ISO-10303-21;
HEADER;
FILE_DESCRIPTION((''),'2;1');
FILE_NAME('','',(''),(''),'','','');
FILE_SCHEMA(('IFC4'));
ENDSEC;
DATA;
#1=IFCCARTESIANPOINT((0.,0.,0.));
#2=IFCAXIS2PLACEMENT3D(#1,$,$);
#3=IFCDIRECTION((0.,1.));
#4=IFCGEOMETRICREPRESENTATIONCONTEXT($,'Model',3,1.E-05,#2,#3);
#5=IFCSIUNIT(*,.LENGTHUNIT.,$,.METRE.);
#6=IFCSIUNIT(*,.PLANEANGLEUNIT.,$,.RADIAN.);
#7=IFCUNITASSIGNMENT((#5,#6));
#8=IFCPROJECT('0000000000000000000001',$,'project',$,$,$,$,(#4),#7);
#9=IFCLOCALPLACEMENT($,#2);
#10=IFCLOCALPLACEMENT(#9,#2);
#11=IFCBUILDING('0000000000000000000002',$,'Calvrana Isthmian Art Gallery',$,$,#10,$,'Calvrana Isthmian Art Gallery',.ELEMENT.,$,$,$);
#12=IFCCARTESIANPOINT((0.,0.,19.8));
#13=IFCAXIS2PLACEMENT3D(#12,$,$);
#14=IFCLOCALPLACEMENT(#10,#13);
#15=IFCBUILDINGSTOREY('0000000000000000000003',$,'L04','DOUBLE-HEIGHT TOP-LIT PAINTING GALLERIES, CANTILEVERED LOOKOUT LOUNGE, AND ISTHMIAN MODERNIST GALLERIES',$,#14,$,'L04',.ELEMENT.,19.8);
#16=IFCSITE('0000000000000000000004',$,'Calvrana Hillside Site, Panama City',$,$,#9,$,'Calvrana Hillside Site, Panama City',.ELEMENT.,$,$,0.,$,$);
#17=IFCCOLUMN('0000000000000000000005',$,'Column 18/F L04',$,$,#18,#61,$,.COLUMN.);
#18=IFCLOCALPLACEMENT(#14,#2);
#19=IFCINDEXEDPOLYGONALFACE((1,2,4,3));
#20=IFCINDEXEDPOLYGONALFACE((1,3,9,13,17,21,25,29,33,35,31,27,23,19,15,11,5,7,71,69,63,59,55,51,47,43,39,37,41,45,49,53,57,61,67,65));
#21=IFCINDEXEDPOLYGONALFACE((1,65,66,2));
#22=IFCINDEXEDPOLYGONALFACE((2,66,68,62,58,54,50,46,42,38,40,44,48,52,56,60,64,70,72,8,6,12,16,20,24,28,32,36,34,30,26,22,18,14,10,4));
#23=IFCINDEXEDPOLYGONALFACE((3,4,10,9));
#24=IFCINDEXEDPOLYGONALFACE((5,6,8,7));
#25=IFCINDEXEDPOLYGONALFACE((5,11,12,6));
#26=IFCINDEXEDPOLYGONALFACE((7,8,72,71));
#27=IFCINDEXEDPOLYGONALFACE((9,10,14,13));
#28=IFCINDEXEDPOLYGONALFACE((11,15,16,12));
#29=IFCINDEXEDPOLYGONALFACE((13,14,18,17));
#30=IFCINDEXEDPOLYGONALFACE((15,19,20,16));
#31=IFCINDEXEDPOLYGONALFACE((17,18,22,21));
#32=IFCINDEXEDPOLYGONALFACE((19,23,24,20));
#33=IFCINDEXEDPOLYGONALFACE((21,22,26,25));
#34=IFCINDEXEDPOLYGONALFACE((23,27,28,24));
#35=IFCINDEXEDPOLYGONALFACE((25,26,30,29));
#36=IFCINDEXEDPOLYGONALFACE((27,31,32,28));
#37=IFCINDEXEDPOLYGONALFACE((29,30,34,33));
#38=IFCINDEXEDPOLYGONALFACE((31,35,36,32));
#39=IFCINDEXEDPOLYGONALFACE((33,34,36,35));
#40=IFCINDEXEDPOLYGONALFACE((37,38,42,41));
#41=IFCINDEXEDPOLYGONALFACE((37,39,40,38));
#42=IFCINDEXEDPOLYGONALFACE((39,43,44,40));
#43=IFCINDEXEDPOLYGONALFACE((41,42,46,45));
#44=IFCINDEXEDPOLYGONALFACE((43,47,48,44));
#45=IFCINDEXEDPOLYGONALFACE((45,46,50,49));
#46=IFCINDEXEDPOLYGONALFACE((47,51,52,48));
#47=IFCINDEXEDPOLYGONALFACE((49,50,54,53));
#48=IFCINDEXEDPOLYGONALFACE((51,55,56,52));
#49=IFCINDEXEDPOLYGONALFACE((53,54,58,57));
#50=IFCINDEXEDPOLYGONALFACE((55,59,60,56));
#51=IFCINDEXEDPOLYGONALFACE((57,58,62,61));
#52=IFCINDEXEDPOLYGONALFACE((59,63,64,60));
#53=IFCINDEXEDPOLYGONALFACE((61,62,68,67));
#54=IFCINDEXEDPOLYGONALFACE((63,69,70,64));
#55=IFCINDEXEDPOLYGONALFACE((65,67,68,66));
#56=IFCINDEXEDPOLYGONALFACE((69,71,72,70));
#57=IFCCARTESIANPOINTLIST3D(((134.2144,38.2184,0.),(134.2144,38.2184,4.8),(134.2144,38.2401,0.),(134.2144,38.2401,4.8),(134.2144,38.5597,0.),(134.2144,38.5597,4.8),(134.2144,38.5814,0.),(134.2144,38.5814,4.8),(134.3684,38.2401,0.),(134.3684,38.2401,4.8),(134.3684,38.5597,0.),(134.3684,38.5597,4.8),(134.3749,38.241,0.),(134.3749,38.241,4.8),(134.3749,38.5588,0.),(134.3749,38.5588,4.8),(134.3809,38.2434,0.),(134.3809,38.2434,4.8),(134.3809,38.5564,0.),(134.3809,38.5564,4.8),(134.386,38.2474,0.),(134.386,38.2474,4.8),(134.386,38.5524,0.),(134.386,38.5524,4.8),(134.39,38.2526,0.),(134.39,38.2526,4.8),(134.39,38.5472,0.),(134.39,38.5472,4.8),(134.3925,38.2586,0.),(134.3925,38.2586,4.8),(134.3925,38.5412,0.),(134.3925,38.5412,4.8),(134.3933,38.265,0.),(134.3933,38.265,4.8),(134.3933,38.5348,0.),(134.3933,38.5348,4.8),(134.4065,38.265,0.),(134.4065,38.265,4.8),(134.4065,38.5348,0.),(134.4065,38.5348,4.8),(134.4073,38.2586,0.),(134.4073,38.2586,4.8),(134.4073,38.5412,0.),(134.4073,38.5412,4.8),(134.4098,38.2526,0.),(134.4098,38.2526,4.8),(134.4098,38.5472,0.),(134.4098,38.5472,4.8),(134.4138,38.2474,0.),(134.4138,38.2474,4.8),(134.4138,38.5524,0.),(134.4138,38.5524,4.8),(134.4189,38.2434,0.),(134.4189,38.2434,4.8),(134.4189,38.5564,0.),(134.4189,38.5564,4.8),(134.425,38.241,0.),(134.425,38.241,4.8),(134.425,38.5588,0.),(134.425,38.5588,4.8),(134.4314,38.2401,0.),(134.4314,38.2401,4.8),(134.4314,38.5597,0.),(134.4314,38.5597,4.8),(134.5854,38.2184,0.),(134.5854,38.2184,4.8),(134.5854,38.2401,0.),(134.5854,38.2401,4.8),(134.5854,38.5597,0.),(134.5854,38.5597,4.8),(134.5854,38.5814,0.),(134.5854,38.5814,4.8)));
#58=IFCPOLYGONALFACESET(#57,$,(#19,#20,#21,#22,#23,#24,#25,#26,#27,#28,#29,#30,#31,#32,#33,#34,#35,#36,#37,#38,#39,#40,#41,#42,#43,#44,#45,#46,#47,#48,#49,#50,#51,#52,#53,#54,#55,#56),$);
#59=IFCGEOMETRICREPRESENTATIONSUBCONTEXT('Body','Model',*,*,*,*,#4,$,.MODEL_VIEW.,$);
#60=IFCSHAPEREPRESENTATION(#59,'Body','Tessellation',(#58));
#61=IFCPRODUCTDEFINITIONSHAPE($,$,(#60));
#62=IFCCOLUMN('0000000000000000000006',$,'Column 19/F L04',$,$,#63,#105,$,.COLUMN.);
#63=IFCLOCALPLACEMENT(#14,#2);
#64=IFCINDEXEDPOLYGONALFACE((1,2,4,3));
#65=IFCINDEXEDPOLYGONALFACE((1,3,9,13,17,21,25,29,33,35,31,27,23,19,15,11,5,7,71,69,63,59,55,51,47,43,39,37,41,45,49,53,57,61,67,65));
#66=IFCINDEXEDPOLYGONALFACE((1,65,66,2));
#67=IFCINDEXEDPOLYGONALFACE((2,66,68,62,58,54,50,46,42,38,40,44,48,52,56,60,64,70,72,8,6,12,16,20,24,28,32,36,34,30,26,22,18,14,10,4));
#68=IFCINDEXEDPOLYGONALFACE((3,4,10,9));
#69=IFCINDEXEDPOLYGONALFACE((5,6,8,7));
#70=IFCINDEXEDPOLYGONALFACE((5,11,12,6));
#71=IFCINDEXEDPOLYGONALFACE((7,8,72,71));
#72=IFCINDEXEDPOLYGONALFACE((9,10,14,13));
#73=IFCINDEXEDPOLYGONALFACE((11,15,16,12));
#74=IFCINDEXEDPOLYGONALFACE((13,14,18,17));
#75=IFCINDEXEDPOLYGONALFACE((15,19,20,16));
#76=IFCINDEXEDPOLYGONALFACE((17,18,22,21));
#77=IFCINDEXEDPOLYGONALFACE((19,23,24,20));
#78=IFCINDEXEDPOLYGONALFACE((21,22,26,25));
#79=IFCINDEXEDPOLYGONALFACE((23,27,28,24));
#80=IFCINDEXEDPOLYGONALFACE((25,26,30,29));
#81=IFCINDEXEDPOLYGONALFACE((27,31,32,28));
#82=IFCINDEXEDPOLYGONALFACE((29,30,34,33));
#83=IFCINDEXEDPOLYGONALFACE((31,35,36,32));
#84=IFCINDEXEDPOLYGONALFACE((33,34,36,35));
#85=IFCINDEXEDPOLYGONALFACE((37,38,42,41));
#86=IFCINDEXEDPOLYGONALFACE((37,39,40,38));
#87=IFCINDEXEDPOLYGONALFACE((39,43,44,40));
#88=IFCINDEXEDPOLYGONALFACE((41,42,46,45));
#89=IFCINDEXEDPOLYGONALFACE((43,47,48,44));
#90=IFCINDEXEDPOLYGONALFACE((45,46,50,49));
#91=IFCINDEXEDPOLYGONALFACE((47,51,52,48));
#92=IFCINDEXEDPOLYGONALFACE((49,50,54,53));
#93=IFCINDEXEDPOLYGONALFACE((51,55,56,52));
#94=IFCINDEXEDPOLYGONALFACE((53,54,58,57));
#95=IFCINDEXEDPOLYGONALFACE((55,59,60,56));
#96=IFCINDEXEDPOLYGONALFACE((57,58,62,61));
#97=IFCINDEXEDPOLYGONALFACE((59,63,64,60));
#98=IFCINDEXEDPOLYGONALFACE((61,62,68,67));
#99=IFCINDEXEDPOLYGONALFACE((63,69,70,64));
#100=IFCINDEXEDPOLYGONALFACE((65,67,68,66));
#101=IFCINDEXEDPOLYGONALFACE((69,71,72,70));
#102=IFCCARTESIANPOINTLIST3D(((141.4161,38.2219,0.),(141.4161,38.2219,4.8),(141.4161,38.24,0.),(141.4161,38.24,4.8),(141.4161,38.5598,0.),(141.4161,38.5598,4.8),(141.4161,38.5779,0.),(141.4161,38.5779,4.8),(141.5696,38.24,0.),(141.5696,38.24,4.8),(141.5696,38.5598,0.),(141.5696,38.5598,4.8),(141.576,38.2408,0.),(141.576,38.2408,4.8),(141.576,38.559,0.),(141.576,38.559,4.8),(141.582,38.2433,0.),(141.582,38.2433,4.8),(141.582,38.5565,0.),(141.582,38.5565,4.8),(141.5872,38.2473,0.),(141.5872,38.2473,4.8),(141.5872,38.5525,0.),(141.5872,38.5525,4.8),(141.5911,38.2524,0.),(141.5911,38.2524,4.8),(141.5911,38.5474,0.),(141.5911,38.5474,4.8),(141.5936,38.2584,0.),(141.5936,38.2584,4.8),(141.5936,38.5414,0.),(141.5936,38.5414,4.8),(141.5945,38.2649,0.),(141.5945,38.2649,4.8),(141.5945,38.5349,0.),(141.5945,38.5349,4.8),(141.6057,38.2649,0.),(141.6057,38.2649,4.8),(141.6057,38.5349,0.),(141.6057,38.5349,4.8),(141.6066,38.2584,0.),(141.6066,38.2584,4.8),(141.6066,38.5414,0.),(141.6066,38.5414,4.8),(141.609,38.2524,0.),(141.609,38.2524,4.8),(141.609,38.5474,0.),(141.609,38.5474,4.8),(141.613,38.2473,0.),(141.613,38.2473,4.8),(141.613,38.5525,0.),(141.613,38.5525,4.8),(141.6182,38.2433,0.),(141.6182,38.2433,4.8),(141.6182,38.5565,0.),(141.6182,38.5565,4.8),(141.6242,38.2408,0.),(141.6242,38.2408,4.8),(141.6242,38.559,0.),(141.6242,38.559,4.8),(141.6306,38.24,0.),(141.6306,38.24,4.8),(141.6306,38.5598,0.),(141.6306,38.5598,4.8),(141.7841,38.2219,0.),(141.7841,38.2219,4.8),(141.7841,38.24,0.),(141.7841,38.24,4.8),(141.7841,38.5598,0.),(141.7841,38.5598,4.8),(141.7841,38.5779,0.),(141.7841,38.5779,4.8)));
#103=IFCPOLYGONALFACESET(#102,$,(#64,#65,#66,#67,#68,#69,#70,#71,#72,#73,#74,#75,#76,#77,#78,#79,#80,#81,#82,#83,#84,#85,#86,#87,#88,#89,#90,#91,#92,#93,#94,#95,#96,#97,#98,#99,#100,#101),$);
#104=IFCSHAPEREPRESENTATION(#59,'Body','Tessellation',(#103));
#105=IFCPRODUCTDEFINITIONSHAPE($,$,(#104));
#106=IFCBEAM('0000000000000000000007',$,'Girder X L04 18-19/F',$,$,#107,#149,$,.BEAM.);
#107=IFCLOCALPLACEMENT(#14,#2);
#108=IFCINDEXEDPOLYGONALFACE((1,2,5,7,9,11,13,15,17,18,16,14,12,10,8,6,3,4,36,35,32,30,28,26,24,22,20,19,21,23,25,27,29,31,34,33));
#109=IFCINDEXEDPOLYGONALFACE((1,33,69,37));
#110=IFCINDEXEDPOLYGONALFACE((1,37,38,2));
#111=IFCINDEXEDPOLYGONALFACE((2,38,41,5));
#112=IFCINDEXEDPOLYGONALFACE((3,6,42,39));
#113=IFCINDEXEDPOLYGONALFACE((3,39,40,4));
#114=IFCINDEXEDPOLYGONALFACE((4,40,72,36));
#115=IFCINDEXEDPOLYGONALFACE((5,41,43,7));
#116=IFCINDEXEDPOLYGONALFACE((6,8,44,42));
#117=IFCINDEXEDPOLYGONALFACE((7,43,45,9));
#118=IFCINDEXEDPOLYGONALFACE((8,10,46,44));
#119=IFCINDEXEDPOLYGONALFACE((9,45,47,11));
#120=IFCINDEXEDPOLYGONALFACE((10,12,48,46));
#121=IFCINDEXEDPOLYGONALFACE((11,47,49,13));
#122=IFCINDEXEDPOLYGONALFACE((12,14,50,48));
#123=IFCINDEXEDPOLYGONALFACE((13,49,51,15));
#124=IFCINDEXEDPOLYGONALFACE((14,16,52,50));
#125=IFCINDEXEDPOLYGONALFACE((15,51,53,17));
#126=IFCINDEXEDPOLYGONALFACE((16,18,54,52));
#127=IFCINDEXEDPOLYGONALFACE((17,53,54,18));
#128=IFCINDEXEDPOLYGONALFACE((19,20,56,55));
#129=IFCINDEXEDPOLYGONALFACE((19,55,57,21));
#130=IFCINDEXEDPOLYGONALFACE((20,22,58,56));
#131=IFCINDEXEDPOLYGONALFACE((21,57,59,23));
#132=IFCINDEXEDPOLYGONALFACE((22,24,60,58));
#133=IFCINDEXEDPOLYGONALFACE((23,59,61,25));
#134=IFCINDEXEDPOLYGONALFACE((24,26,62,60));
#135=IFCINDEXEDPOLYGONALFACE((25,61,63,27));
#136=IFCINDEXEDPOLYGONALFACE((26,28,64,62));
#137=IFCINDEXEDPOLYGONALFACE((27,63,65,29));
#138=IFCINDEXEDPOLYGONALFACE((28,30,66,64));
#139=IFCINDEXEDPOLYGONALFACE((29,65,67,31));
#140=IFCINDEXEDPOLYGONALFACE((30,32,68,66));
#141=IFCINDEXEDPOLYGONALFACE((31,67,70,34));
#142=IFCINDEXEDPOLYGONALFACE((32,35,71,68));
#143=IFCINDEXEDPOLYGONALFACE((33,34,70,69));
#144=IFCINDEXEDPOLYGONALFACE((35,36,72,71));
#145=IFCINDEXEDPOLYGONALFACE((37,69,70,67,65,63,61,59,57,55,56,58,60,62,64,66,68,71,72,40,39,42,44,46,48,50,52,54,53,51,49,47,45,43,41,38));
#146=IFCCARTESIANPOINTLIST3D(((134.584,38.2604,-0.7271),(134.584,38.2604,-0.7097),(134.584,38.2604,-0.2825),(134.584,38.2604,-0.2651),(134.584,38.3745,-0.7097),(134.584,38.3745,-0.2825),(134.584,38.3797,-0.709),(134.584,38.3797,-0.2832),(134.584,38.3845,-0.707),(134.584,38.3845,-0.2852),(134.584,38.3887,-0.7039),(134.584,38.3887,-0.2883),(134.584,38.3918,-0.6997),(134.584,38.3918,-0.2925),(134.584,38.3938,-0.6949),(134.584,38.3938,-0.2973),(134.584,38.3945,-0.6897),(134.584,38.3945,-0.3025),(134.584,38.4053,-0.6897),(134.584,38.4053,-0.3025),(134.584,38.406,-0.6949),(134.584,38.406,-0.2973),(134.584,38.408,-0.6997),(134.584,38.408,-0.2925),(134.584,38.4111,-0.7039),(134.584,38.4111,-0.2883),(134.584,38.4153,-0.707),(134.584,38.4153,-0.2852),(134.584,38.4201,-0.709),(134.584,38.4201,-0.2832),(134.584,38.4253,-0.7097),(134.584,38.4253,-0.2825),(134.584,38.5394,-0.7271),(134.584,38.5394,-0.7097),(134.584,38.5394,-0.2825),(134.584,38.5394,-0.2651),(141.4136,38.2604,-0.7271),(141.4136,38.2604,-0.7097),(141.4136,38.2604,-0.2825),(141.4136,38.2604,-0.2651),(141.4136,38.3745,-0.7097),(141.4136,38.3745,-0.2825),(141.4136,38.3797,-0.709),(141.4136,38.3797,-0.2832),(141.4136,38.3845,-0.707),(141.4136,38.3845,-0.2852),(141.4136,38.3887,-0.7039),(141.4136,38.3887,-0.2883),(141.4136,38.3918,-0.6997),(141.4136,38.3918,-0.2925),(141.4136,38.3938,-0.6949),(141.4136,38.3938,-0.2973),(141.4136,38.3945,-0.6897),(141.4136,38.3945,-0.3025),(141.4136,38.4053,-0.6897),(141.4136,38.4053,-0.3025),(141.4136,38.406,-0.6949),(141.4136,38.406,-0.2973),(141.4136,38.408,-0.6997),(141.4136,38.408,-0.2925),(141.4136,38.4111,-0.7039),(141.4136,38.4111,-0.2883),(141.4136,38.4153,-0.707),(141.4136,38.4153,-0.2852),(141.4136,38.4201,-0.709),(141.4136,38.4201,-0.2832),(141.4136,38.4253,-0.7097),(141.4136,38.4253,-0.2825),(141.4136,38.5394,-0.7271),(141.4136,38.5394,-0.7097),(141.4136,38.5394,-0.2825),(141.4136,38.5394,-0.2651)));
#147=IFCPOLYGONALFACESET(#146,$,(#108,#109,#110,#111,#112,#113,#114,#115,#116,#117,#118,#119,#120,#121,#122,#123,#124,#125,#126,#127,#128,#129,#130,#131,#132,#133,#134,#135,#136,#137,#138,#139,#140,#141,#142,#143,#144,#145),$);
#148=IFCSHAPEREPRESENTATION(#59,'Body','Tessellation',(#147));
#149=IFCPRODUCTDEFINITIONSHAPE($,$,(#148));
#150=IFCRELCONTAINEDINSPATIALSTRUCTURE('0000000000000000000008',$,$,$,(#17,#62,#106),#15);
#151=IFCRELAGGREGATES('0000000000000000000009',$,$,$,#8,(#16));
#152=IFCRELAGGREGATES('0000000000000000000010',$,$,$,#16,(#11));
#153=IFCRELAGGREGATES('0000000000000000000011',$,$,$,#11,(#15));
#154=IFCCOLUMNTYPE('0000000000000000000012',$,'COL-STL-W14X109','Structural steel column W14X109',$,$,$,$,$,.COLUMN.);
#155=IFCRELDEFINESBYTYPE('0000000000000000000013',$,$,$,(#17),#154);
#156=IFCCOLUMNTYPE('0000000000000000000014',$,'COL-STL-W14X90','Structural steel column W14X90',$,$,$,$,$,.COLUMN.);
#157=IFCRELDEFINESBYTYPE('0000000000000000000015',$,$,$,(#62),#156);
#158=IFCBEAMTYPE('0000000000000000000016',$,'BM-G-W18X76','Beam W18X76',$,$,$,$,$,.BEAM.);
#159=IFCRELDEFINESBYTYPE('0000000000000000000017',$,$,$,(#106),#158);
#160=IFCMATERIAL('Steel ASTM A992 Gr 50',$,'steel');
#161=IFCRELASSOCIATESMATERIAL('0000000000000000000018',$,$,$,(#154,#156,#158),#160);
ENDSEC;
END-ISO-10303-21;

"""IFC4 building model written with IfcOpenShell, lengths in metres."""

from ifc_helpers import new_model, si_unit, direction, frame, origin, origin_2d, place, context, subcontext, project, spatial, i_section, extrude, material, material_profile, profile_set, type_object, element, save


model = new_model("IFC4")

# Units and contexts
model_context = context("Model", 3, precision=1e-05, world=origin(), true_north=direction((0.0, 1.0)))
body_context = subcontext(model_context, "Body", "Model", "MODEL_VIEW")
ifc_project = project(units=[si_unit("LENGTHUNIT", "METRE"), si_unit("PLANEANGLEUNIT", "RADIAN")], contexts=[model_context])

# Site, building, storey
site_placement = place(None, origin())
site = spatial("IfcSite", under=ifc_project, at=site_placement, Name="Calvrana Hillside Site, Panama City", LongName="Calvrana Hillside Site, Panama City", CompositionType="ELEMENT", RefElevation=0.0)
building_placement = place(site_placement, origin())
building = spatial("IfcBuilding", under=site, at=building_placement, Name="Calvrana Isthmian Art Gallery", LongName="Calvrana Isthmian Art Gallery", CompositionType="ELEMENT")
storey_placement = place(building_placement, frame((0.0, 0.0, 19.8)))
storey = spatial("IfcBuildingStorey", under=building, at=storey_placement, Name="L04", Description="DOUBLE-HEIGHT TOP-LIT PAINTING GALLERIES, CANTILEVERED LOOKOUT LOUNGE, AND ISTHMIAN MODERNIST GALLERIES", LongName="L04", CompositionType="ELEMENT", Elevation=19.8)

# Columns
ifc_material_1 = material(Name="Steel ASTM A992 Gr 50", Category="steel")
ifc_material_profile_1 = material_profile(ifc_material_1, i_section(OverallWidth=0.3711, OverallDepth=0.363, WebThickness=0.0132, FlangeThickness=0.0217, FilletRadius=0.0249, at=origin_2d()), Name="W14X109")
ifc_profile_set_1 = profile_set([ifc_material_profile_1], Name="Steel ASTM A992 Gr 50")
column_type_1 = type_object("IfcColumnType", Name="COL-STL-W14X109", Description="Structural steel column W14X109", PredefinedType="COLUMN", material=ifc_profile_set_1)
column_1_placement = place(storey_placement, frame((134.3999, 38.3999, 0.0), z_axis=(0.0, 0.0, 1.0), x_axis=(1.0, 0.0, 0.0)))
element("IfcColumn", 1, at=column_1_placement, inside=storey, type_object=column_type_1, Name="Column 18/F L04", PredefinedType="COLUMN", context=body_context, shape_type="SweptSolid", body=[
    extrude(i_section(OverallWidth=0.3711, OverallDepth=0.363, WebThickness=0.0132, FlangeThickness=0.0217, FilletRadius=0.0249, at=origin_2d()), origin(), (0.0, 0.0, 1.0), 4.8),
])
ifc_material_profile_2 = material_profile(ifc_material_1, i_section(OverallWidth=0.3679, OverallDepth=0.356, WebThickness=0.0112, FlangeThickness=0.0181, FilletRadius=0.0249, at=origin_2d()), Name="W14X90")
ifc_profile_set_2 = profile_set([ifc_material_profile_2], Name="Steel ASTM A992 Gr 50")
column_type_2 = type_object("IfcColumnType", Name="COL-STL-W14X90", Description="Structural steel column W14X90", PredefinedType="COLUMN", material=ifc_profile_set_2)
column_2_placement = place(storey_placement, frame((141.6001, 38.3999, 0.0), z_axis=(0.0, 0.0, 1.0), x_axis=(1.0, 0.0, 0.0)))
element("IfcColumn", 2, at=column_2_placement, inside=storey, type_object=column_type_2, Name="Column 19/F L04", PredefinedType="COLUMN", context=body_context, shape_type="SweptSolid", body=[
    extrude(i_section(OverallWidth=0.3679, OverallDepth=0.356, WebThickness=0.0112, FlangeThickness=0.0181, FilletRadius=0.0249, at=origin_2d()), origin(), (0.0, 0.0, 1.0), 4.8),
])

# Beam
ifc_material_profile_3 = material_profile(ifc_material_1, i_section(OverallWidth=0.2791, OverallDepth=0.4619, WebThickness=0.0107, FlangeThickness=0.0173, FilletRadius=0.02, at=origin_2d()), Name="W18X76")
ifc_profile_set_3 = profile_set([ifc_material_profile_3], Name="Steel ASTM A992 Gr 50")
beam_type_1 = type_object("IfcBeamType", Name="BM-G-W18X76", Description="Beam W18X76", PredefinedType="BEAM", material=ifc_profile_set_3)
beam_1_placement = place(storey_placement, frame((134.584, 38.3999, -0.4961), z_axis=(1.0, 0.0, 0.0), x_axis=(0.0, 1.0, 0.0)))
element("IfcBeam", 3, at=beam_1_placement, inside=storey, type_object=beam_type_1, Name="Girder X L04 18-19/F", PredefinedType="BEAM", context=body_context, shape_type="SweptSolid", body=[
    extrude(i_section(OverallWidth=0.2791, OverallDepth=0.4619, WebThickness=0.0107, FlangeThickness=0.0173, FilletRadius=0.02, at=origin_2d()), origin(), (0.0, 0.0, 1.0), 6.8296),
])

save(model, "model.ifc")
